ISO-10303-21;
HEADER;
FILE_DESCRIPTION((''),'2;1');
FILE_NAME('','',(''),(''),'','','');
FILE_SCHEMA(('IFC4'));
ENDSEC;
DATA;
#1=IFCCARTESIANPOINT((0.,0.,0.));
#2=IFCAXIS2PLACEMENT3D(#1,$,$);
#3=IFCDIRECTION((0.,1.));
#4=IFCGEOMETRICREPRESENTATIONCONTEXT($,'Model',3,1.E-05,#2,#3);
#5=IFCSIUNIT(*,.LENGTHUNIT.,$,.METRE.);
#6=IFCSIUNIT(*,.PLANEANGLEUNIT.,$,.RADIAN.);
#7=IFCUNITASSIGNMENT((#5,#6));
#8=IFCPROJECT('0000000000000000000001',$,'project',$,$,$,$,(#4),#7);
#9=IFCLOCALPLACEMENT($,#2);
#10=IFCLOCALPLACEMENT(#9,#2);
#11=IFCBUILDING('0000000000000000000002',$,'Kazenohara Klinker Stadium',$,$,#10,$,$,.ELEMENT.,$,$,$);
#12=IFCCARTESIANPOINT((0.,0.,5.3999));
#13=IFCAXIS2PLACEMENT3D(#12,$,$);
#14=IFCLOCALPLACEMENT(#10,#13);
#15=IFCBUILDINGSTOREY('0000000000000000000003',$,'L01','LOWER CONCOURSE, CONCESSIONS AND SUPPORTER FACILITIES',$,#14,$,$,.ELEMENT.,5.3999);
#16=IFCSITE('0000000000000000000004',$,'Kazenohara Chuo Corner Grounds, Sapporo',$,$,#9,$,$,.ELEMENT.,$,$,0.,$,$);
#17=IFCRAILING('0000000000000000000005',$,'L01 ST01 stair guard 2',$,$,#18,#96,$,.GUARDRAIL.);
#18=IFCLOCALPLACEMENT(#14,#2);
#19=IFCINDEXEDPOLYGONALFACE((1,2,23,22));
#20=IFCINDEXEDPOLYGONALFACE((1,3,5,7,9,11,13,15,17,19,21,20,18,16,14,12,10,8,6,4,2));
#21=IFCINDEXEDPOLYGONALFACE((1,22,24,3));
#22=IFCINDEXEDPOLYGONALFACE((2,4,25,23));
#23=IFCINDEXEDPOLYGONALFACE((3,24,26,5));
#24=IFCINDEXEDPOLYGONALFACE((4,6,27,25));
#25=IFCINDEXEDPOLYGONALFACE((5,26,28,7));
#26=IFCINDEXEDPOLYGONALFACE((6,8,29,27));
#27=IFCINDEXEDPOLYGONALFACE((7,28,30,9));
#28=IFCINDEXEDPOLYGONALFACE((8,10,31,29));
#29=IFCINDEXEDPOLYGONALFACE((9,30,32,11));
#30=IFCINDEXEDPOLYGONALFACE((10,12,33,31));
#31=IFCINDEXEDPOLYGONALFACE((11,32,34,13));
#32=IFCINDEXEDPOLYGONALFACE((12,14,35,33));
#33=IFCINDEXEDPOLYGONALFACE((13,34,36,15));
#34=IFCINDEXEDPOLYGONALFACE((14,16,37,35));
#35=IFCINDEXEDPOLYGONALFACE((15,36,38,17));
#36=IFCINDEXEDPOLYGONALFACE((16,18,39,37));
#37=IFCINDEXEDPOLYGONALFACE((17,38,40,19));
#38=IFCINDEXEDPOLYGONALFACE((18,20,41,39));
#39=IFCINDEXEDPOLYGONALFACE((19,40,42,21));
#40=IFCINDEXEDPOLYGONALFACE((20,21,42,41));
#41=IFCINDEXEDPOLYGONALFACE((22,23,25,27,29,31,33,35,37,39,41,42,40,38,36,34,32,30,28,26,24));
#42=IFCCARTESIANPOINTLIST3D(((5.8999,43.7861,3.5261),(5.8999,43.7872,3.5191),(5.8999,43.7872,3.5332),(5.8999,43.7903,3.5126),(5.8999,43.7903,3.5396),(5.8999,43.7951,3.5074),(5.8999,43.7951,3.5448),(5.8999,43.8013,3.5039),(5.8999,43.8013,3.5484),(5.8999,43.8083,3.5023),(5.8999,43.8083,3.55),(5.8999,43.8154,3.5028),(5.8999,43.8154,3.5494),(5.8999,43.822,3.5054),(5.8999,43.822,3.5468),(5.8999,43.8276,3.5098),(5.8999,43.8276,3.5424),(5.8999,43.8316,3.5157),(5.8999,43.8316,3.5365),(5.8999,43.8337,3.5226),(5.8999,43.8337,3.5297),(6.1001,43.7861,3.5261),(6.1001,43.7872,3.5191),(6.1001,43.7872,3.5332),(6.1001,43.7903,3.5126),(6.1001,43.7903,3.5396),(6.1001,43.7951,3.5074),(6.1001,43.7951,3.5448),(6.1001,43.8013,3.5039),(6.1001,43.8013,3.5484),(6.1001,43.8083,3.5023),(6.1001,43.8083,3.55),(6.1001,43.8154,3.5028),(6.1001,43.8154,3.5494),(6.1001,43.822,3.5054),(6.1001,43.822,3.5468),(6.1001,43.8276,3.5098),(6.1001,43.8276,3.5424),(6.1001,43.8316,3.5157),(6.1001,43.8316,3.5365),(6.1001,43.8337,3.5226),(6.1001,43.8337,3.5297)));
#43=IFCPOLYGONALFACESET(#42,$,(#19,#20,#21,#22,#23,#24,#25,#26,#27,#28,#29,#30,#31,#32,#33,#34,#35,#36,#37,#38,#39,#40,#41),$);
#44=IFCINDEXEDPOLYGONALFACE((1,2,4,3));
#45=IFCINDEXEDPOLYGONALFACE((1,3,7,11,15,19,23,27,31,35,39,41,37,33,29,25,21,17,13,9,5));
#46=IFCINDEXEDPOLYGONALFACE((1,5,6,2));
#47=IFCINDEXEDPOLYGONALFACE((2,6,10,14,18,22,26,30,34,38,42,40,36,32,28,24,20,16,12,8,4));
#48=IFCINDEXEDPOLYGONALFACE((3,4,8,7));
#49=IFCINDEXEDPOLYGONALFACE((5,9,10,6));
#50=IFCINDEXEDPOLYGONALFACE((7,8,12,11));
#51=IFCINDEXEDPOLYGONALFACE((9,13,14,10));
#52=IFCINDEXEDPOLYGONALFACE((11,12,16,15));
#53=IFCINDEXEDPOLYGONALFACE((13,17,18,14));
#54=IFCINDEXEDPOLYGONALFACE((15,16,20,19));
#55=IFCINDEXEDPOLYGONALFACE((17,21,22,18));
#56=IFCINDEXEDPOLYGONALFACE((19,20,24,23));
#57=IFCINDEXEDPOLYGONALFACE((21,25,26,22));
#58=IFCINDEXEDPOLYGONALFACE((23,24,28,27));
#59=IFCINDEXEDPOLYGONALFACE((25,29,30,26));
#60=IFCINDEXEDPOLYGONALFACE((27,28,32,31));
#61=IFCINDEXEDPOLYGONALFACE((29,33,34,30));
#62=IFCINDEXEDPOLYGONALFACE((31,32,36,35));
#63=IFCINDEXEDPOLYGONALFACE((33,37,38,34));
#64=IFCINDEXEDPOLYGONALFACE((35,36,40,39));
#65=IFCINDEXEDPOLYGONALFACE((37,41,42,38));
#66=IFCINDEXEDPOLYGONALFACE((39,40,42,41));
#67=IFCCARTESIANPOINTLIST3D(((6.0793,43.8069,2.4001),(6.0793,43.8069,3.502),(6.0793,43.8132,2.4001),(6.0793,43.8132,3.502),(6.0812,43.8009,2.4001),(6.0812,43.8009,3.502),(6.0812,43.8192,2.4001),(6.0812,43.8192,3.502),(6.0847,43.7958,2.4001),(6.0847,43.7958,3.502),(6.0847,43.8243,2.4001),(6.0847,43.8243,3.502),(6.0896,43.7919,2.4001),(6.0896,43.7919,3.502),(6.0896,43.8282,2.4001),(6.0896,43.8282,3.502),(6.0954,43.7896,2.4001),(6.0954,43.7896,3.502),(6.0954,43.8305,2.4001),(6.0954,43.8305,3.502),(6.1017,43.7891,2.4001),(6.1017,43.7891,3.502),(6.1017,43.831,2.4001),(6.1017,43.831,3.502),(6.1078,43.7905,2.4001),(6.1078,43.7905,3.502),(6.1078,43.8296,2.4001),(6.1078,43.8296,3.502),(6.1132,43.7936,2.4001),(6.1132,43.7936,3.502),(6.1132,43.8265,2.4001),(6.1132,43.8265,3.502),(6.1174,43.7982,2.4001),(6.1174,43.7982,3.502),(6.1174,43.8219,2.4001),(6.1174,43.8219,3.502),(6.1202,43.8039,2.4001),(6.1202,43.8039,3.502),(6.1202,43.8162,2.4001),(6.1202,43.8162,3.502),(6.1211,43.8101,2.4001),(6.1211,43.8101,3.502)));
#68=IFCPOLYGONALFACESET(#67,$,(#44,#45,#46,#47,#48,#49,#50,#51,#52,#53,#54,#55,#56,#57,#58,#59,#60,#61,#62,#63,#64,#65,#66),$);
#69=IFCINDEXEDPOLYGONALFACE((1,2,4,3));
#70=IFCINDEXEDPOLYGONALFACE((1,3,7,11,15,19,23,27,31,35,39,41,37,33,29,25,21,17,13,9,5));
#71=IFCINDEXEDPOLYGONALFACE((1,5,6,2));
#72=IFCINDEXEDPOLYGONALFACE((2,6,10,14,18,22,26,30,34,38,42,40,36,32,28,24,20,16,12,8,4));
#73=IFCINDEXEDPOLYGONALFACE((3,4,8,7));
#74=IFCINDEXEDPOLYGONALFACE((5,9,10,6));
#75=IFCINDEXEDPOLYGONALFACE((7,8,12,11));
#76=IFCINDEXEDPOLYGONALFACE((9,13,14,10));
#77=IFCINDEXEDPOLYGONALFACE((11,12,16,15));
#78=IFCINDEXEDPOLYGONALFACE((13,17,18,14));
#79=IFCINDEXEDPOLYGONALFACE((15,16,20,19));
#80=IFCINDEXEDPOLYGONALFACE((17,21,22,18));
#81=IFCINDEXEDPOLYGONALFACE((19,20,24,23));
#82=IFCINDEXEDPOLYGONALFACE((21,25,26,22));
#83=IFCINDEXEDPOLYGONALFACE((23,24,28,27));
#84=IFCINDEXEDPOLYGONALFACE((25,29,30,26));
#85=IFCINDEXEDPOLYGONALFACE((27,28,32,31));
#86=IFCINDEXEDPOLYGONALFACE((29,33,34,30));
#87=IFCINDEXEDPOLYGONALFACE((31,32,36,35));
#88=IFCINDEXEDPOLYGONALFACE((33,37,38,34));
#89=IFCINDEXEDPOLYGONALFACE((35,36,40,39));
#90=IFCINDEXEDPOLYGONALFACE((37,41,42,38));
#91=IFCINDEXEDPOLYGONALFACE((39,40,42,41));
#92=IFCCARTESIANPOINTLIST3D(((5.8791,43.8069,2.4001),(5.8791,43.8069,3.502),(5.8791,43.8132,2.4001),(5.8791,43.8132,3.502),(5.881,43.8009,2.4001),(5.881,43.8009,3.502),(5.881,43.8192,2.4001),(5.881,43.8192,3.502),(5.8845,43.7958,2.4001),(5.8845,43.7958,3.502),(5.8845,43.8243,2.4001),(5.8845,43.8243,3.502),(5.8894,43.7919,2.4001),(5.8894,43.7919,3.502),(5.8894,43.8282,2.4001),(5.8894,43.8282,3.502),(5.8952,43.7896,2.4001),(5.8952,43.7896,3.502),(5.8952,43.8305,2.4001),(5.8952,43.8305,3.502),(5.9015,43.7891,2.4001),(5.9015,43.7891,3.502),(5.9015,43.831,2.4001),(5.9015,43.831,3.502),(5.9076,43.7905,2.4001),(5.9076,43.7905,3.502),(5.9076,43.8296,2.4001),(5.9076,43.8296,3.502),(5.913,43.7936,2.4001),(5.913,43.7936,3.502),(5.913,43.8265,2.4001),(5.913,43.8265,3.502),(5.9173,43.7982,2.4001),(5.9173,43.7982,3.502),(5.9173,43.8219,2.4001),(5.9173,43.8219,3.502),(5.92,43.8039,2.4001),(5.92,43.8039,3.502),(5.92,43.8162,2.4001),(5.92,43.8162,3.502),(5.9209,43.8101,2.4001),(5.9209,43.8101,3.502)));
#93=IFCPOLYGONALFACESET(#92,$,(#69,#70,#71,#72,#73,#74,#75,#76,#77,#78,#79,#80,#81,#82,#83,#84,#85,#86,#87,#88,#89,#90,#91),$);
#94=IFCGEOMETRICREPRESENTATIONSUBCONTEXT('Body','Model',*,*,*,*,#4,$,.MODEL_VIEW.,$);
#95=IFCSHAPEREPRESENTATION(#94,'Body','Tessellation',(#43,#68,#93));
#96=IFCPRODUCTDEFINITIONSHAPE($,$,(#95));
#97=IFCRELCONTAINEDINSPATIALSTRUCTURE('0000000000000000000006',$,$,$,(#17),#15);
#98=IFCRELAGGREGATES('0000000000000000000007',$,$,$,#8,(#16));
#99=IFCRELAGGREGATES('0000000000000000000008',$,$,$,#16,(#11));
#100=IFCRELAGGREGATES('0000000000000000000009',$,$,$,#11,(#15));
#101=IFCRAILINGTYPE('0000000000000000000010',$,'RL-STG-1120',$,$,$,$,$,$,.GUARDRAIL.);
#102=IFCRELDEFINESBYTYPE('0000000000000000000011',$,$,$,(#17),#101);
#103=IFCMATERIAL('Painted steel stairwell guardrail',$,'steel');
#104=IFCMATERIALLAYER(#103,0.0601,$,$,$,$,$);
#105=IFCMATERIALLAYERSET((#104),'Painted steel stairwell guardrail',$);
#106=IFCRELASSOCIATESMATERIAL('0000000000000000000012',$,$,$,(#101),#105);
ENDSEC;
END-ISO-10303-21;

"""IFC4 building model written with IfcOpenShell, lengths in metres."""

from ifc_helpers import new_model, si_unit, direction, frame, origin, origin_2d, place, context, subcontext, project, spatial, circle, extrude, material, layer, layer_set, type_object, element, save


model = new_model("IFC4")

# Units and contexts
model_context = context("Model", 3, precision=1e-05, world=origin(), true_north=direction((0.0, 1.0)))
body_context = subcontext(model_context, "Body", "Model", "MODEL_VIEW")
ifc_project = project(units=[si_unit("LENGTHUNIT", "METRE"), si_unit("PLANEANGLEUNIT", "RADIAN")], contexts=[model_context])

# Site, building, storey
site_placement = place(None, origin())
site = spatial("IfcSite", under=ifc_project, at=site_placement, Name="Kazenohara Chuo Corner Grounds, Sapporo", CompositionType="ELEMENT", RefElevation=0.0)
building_placement = place(site_placement, origin())
building = spatial("IfcBuilding", under=site, at=building_placement, Name="Kazenohara Klinker Stadium", CompositionType="ELEMENT")
storey_placement = place(building_placement, frame((0.0, 0.0, 5.3999)))
storey = spatial("IfcBuildingStorey", under=building, at=storey_placement, Name="L01", Description="LOWER CONCOURSE, CONCESSIONS AND SUPPORTER FACILITIES", CompositionType="ELEMENT", Elevation=5.3999)

# Railing
ifc_material_1 = material(Name="Painted steel stairwell guardrail", Category="steel")
ifc_layer_1 = layer(ifc_material_1, 0.0601)
ifc_layer_set_1 = layer_set([ifc_layer_1], Name="Painted steel stairwell guardrail")
railing_type = type_object("IfcRailingType", Name="RL-STG-1120", PredefinedType="GUARDRAIL", material=ifc_layer_set_1)
railing_1_placement = place(storey_placement, frame((6.1001, 43.8101, 2.4001)))
element("IfcRailing", 1, at=railing_1_placement, inside=storey, type_object=railing_type, Name="L01 ST01 stair guard 2", PredefinedType="GUARDRAIL", context=body_context, shape_type="SweptSolid", body=[
    extrude(circle(Radius=0.0239, at=origin_2d()), frame((0.0, 0.0, 1.126), z_axis=(-1.0, 0.0, 0.0), x_axis=(0.0, -1.0, 0.0)), (0.0, 0.0, 1.0), 0.2002),
    extrude(circle(Radius=0.021, at=origin_2d()), origin(), (0.0, 0.0, 1.0), 1.1018),
    extrude(circle(Radius=0.021, at=origin_2d()), frame((-0.2002, 0.0, 0.0)), (0.0, 0.0, 1.0), 1.1018),
])

save(model, "model.ifc")
